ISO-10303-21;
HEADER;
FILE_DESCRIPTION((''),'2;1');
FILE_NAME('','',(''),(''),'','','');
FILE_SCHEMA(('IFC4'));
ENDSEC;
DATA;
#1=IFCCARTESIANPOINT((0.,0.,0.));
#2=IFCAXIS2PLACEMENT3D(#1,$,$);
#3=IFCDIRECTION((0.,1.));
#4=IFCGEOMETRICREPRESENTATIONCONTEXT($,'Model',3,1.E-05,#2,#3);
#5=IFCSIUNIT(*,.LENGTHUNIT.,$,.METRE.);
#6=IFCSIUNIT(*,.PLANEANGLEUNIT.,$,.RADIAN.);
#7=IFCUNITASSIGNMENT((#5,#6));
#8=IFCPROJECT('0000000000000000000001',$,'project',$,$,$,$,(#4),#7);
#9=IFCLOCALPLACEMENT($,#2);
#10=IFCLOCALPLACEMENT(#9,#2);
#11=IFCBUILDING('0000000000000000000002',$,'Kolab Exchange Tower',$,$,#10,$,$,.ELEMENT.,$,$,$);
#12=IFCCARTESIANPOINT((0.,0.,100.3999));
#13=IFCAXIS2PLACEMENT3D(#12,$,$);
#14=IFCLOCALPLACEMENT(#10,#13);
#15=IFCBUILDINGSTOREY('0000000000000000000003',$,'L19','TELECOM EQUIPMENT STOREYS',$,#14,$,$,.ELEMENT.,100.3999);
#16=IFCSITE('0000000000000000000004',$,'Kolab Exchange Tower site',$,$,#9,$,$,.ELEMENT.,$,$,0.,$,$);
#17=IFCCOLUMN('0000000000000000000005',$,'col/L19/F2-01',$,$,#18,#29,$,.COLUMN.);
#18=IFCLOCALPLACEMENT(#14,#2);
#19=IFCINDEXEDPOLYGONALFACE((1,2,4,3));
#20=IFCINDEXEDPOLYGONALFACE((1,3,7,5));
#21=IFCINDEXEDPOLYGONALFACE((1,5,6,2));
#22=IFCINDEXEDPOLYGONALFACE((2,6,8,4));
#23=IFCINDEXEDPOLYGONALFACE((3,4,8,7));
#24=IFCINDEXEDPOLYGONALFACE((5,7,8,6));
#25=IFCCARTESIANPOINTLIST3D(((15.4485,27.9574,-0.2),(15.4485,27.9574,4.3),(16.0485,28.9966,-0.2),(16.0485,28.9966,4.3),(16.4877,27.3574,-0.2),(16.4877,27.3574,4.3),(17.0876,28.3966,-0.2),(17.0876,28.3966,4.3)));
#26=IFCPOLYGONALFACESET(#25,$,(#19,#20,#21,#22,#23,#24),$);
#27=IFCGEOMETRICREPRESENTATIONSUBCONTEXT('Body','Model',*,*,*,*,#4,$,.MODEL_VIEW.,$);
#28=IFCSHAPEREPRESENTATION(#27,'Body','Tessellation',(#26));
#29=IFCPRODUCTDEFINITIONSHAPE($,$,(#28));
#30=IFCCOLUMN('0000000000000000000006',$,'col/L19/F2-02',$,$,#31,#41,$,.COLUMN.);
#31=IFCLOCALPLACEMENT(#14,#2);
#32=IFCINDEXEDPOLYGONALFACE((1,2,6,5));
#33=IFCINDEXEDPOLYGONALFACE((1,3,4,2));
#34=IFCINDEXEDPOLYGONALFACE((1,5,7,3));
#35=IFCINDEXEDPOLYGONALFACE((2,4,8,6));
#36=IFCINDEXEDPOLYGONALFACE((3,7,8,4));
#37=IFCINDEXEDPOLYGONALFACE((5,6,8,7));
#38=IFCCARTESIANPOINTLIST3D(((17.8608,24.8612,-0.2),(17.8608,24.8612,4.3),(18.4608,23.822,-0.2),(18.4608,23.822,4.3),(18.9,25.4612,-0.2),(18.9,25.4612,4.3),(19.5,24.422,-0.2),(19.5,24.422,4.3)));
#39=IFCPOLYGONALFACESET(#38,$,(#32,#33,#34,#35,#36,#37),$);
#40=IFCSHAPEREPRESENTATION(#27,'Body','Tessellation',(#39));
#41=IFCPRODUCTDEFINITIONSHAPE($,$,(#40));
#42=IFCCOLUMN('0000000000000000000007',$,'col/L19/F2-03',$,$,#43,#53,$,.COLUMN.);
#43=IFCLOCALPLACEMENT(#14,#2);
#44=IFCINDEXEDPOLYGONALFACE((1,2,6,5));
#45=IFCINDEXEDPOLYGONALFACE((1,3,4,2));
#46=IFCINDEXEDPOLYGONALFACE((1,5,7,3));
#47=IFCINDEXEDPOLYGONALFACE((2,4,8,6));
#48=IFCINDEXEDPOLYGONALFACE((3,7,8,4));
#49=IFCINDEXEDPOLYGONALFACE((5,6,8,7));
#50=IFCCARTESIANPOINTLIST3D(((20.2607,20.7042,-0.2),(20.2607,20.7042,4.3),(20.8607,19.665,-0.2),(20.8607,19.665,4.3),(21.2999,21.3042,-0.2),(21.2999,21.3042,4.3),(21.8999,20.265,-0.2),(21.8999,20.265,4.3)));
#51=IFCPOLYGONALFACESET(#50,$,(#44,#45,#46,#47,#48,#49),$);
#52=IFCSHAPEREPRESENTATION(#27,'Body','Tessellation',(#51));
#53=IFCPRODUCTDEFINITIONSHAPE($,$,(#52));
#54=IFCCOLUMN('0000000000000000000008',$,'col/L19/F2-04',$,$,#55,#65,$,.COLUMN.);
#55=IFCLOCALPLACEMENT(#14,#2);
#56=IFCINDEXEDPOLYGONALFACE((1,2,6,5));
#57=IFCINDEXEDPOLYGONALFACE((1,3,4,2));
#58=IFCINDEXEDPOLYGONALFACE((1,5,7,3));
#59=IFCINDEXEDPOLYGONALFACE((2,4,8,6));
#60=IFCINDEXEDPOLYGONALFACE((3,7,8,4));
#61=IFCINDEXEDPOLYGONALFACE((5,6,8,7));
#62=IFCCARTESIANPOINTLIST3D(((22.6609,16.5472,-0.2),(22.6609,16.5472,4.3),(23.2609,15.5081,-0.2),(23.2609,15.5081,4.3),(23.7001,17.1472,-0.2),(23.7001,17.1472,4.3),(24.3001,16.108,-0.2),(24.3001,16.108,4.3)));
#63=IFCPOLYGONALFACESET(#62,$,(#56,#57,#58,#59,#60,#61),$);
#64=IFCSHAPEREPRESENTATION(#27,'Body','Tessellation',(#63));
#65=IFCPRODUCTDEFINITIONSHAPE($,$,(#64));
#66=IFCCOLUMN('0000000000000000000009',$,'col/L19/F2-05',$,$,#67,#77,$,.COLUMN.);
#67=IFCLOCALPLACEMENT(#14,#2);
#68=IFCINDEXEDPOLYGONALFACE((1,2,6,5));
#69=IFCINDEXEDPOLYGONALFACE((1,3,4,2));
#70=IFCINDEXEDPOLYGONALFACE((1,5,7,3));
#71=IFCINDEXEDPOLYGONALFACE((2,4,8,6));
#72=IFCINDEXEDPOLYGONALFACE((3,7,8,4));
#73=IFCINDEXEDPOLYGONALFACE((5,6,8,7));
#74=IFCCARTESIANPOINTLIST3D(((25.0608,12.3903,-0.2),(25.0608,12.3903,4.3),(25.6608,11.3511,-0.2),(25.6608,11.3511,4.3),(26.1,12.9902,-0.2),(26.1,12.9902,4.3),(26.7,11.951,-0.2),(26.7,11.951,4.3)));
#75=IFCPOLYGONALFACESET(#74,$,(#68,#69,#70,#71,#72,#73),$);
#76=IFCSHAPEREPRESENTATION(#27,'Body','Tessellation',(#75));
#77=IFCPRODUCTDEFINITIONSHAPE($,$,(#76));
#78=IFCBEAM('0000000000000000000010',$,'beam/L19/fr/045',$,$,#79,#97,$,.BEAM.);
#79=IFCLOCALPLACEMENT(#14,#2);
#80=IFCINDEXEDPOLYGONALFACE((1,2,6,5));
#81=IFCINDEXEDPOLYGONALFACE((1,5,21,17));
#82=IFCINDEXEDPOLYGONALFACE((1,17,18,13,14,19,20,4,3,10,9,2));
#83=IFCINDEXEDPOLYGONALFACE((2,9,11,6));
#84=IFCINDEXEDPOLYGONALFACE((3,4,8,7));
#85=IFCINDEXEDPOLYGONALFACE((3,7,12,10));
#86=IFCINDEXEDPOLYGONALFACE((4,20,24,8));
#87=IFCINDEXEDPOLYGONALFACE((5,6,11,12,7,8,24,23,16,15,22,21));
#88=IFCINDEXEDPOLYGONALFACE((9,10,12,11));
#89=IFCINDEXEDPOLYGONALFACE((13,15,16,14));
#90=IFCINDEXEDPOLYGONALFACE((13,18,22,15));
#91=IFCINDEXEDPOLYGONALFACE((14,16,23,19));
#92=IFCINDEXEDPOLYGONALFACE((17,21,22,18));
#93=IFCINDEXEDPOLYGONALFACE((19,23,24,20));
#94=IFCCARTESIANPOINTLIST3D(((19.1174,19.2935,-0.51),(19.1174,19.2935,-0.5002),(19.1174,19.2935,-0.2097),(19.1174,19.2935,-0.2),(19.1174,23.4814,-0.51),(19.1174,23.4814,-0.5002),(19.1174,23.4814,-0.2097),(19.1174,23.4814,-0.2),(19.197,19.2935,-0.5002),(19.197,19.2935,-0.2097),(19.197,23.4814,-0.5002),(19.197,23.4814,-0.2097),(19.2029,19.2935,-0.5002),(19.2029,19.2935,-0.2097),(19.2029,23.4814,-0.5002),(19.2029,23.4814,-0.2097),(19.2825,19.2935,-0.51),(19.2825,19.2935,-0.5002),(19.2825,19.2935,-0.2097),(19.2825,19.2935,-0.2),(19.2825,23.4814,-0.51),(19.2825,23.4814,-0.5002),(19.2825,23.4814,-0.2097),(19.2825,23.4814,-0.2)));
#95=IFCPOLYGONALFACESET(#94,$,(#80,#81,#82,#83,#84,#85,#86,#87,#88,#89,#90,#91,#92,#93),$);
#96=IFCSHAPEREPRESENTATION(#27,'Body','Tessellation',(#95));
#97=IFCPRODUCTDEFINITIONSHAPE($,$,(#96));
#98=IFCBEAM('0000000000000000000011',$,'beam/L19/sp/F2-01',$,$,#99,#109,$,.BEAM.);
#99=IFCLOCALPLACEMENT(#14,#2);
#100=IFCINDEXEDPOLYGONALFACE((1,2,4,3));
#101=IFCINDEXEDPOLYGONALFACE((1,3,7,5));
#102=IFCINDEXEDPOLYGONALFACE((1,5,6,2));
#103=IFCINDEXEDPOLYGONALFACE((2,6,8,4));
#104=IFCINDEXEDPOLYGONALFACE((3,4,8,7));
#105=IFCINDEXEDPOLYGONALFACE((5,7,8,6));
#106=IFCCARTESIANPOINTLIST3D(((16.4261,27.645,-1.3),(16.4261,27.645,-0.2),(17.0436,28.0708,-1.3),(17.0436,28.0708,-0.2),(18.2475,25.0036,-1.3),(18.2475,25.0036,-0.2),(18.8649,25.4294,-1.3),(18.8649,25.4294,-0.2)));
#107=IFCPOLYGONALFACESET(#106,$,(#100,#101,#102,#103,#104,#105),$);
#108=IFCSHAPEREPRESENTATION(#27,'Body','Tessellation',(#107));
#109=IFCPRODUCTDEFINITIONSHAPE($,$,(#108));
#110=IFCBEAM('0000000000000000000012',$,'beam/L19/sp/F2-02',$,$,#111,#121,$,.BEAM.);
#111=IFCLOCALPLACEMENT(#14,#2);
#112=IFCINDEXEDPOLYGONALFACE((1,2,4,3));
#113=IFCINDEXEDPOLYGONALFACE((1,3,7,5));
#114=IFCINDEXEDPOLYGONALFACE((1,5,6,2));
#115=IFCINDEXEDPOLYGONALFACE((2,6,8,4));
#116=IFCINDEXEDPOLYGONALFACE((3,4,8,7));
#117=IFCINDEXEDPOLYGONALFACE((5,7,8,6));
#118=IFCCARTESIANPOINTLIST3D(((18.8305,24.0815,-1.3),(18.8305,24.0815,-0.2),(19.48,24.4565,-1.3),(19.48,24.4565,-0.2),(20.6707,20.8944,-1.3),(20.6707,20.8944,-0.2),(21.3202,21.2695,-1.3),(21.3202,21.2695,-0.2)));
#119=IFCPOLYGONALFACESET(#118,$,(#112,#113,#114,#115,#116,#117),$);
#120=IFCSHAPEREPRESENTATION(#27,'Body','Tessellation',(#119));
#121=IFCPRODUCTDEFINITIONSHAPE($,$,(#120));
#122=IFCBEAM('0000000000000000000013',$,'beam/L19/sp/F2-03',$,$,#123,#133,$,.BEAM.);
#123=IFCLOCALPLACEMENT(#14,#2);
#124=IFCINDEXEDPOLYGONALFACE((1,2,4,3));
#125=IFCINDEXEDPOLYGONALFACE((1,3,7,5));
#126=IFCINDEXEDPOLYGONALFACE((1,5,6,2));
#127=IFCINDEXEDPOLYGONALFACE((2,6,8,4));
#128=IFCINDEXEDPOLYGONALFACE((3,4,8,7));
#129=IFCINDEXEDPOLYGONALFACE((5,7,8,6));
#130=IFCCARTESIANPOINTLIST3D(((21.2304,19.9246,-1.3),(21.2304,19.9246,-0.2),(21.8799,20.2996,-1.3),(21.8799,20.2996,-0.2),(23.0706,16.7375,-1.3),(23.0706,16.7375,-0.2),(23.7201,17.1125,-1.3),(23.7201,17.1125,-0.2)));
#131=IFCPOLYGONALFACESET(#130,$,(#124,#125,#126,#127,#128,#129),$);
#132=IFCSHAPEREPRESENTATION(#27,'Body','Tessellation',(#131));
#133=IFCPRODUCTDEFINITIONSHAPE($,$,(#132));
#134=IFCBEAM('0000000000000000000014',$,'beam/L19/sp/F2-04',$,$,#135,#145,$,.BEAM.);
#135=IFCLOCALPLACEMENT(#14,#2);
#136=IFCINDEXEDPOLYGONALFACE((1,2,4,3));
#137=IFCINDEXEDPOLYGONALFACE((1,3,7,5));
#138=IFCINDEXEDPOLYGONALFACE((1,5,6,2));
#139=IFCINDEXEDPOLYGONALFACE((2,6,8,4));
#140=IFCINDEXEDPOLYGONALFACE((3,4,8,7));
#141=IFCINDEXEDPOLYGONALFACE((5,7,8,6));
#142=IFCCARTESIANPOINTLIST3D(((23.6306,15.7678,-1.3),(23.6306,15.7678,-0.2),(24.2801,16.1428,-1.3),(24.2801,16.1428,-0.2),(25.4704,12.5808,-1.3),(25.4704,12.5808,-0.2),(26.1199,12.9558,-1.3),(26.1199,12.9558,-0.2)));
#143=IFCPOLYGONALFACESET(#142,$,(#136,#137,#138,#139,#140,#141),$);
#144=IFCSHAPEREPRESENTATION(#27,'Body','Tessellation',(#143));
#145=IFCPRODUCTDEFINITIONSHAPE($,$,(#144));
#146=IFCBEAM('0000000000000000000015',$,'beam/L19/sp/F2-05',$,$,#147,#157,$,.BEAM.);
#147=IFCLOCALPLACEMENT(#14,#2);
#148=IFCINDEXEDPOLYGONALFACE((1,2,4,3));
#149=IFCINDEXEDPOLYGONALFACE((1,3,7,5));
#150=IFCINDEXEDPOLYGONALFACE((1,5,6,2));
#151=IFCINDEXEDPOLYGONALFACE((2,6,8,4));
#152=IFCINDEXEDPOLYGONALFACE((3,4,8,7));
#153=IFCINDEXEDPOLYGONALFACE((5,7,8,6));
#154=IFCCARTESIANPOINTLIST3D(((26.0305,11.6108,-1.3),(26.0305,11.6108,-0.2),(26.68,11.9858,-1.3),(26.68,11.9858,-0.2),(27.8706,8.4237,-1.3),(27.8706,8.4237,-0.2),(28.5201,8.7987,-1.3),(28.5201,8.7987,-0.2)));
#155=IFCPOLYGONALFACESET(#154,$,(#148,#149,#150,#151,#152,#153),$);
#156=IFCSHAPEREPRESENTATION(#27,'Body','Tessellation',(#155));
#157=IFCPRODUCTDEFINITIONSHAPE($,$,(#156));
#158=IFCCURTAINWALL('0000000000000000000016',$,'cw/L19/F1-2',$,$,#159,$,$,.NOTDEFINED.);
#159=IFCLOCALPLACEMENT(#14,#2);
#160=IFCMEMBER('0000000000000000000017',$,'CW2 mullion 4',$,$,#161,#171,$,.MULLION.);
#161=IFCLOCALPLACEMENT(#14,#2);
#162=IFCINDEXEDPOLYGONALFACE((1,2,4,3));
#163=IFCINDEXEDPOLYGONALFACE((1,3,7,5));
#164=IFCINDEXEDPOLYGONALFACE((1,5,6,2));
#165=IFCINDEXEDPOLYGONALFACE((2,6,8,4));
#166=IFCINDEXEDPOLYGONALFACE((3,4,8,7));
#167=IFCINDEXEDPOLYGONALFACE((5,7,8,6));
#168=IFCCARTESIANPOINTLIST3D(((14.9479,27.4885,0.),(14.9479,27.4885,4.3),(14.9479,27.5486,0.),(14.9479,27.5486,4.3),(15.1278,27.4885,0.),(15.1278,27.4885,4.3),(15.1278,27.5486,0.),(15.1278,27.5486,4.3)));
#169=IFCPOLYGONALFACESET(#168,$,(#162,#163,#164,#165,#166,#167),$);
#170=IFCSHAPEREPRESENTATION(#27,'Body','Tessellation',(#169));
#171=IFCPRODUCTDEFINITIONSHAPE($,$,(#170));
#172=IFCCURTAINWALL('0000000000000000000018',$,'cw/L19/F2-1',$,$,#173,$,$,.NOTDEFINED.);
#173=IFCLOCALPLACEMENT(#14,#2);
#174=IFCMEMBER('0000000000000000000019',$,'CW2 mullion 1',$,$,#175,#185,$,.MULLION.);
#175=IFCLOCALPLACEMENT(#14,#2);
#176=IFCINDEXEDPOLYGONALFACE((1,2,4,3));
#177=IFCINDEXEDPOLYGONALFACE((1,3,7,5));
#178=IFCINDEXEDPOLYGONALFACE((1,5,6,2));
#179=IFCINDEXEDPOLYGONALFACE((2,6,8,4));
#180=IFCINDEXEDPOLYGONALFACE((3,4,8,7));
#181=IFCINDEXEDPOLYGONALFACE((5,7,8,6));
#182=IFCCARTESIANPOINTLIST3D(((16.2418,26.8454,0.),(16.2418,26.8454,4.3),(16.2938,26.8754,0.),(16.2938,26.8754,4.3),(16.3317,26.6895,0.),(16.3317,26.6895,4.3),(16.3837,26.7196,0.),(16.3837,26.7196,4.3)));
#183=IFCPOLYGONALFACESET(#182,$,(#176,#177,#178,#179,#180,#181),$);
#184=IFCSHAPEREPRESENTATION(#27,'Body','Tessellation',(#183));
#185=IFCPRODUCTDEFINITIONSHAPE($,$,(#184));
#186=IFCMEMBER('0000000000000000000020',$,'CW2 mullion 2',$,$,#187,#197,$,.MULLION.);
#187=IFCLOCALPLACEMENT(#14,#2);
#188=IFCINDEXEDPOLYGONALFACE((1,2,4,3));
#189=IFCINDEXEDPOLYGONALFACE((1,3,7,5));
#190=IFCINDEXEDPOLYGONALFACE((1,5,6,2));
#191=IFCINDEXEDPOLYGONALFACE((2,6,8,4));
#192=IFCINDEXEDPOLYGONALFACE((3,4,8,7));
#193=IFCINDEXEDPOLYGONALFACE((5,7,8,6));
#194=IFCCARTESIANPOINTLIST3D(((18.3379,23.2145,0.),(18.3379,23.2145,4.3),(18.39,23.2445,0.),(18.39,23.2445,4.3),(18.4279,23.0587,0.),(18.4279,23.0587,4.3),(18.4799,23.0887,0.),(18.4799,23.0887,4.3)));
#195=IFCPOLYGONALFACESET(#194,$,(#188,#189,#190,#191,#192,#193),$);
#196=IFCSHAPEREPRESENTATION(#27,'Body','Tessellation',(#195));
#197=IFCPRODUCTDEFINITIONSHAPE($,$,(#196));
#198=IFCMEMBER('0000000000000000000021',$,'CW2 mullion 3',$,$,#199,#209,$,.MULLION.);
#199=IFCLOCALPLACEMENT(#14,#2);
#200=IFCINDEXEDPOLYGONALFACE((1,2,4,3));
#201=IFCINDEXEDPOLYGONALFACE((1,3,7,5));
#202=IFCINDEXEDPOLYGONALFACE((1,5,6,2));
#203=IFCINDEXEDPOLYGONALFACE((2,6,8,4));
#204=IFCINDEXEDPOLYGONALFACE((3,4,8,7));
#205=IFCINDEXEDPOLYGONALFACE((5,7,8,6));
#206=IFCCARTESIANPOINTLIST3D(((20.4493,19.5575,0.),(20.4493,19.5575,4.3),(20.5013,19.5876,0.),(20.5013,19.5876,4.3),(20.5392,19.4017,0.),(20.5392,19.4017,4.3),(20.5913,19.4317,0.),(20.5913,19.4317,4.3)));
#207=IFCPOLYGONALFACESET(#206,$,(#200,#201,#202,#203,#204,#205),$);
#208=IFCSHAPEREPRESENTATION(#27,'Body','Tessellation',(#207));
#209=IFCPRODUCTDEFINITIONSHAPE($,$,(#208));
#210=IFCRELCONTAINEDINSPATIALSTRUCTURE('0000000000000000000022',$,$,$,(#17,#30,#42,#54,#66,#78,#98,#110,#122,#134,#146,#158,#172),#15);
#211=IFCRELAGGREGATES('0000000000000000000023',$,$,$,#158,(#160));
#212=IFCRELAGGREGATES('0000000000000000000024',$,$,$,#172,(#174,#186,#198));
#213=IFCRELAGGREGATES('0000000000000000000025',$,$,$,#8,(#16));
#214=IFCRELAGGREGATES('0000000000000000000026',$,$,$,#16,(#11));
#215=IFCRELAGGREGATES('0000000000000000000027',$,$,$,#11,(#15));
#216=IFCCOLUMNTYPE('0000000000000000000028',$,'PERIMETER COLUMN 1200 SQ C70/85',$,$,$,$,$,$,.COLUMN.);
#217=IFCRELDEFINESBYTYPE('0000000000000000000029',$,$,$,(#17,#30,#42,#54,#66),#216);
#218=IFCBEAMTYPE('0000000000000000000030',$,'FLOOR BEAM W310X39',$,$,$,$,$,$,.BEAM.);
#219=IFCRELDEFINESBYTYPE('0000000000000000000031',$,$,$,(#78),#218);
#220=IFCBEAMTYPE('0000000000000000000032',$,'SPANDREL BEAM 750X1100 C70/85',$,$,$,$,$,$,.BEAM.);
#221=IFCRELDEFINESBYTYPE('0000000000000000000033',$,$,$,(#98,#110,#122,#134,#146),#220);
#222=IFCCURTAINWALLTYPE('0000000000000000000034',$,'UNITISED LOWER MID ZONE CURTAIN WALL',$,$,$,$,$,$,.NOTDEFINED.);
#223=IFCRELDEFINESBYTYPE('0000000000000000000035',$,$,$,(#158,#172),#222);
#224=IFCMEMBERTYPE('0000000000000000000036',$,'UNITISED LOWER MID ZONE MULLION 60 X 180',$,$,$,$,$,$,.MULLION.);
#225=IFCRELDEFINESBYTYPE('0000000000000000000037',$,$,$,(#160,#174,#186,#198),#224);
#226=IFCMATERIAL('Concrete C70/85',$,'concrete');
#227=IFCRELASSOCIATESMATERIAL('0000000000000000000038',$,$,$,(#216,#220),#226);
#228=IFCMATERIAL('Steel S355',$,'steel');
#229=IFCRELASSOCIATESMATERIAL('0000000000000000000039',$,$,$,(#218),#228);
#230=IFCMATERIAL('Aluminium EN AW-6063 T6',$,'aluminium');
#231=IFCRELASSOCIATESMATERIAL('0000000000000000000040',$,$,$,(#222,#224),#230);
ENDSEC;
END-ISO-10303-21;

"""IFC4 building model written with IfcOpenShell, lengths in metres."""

from ifc_helpers import new_model, si_unit, direction, frame, origin, origin_2d, place, context, subcontext, project, spatial, rectangle, i_section, extrude, material, material_profile, profile_set, type_object, element, aggregate, save


model = new_model("IFC4")

# Units and contexts
model_context = context("Model", 3, precision=1e-05, world=origin(), true_north=direction((0.0, 1.0)))
body_context = subcontext(model_context, "Body", "Model", "MODEL_VIEW")
ifc_project = project(units=[si_unit("LENGTHUNIT", "METRE"), si_unit("PLANEANGLEUNIT", "RADIAN")], contexts=[model_context])

# Site, building, storey
site_placement = place(None, origin())
site = spatial("IfcSite", under=ifc_project, at=site_placement, Name="Kolab Exchange Tower site", CompositionType="ELEMENT", RefElevation=0.0)
building_placement = place(site_placement, origin())
building = spatial("IfcBuilding", under=site, at=building_placement, Name="Kolab Exchange Tower", CompositionType="ELEMENT")
storey_placement = place(building_placement, frame((0.0, 0.0, 100.3999)))
storey = spatial("IfcBuildingStorey", under=building, at=storey_placement, Name="L19", Description="TELECOM EQUIPMENT STOREYS", CompositionType="ELEMENT", Elevation=100.3999)

# Columns
ifc_material_1 = material(Name="Concrete C70/85", Category="concrete")
ifc_material_profile_1 = material_profile(ifc_material_1, rectangle(XDim=1.2, YDim=1.2, at=origin_2d()), Name="RC1200")
ifc_profile_set_1 = profile_set([ifc_material_profile_1], Name="Concrete C70/85")
column_type = type_object("IfcColumnType", Name="PERIMETER COLUMN 1200 SQ C70/85", PredefinedType="COLUMN", material=ifc_profile_set_1)
for number, where, z_axis, x_axis, name in (
    (1, (16.2681, 28.177, -0.2), (0.0, 0.0, 1.0), (0.5, 0.866025, 0.0), "col/L19/F2-01"),
    (2, (18.6804, 24.6416, -0.2), (0.0, 0.0, 1.0), (0.866025, 0.5, 0.0), "col/L19/F2-02"),
    (3, (21.0803, 20.4846, -0.2), (0.0, 0.0, 1.0), (0.866025, 0.5, 0.0), "col/L19/F2-03"),
    (4, (23.4805, 16.3276, -0.2), (0.0, 0.0, 1.0), (0.866025, 0.5, 0.0), "col/L19/F2-04"),
    (5, (25.8804, 12.1707, -0.2), (0.0, 0.0, 1.0), (0.866025, 0.5, 0.0), "col/L19/F2-05"),
):
    element("IfcColumn", number, at=place(storey_placement, frame(where, z_axis=z_axis, x_axis=x_axis)), inside=storey, type_object=column_type, Name=name, PredefinedType="COLUMN", context=body_context, shape_type="SweptSolid", body=[
        extrude(rectangle(XDim=1.2, YDim=1.2, at=origin_2d()), origin(), (0.0, 0.0, 1.0), 4.5),
    ])

# Beams
ifc_material_2 = material(Name="Steel S355", Category="steel")
ifc_material_profile_2 = material_profile(ifc_material_2, i_section(OverallWidth=0.165, OverallDepth=0.3101, WebThickness=0.0059, FlangeThickness=0.0098, at=origin_2d()), Name="W310X39")
ifc_profile_set_2 = profile_set([ifc_material_profile_2], Name="Steel S355")
beam_type_1 = type_object("IfcBeamType", Name="FLOOR BEAM W310X39", PredefinedType="BEAM", material=ifc_profile_set_2)
beam_1_placement = place(storey_placement, frame((19.2, 19.2935, -0.355), z_axis=(0.0, 1.0, 0.0), x_axis=(-1.0, 0.0, 0.0)))
element("IfcBeam", 6, at=beam_1_placement, inside=storey, type_object=beam_type_1, Name="beam/L19/fr/045", PredefinedType="BEAM", context=body_context, shape_type="SweptSolid", body=[
    extrude(i_section(OverallWidth=0.165, OverallDepth=0.3101, WebThickness=0.0059, FlangeThickness=0.0098, at=origin_2d()), origin(), (0.0, 0.0, 1.0), 4.188),
])
ifc_material_profile_3 = material_profile(ifc_material_1, rectangle(XDim=0.75, YDim=1.1001, at=origin_2d()), Name="RC750X1100")
ifc_profile_set_3 = profile_set([ifc_material_profile_3], Name="Concrete C70/85")
beam_type_2 = type_object("IfcBeamType", Name="SPANDREL BEAM 750X1100 C70/85", PredefinedType="BEAM", material=ifc_profile_set_3)
beam_2_placement = place(storey_placement, frame((16.7349, 27.8579, -0.75), z_axis=(0.567662, -0.823262, 0.0), x_axis=(0.823262, 0.567662, 0.0)))
element("IfcBeam", 7, at=beam_2_placement, inside=storey, type_object=beam_type_2, Name="beam/L19/sp/F2-01", PredefinedType="BEAM", context=body_context, shape_type="SweptSolid", body=[
    extrude(rectangle(XDim=0.75, YDim=1.1001, at=origin_2d()), origin(), (0.0, 0.0, 1.0), 3.2085),
])
for number, where, z_axis, x_axis, name in (
    (8, (19.1553, 24.269, -0.75), (0.500013, -0.866018, 0.0), (0.866018, 0.500013, 0.0), "beam/L19/sp/F2-02"),
    (9, (21.5552, 20.1121, -0.75), (0.500013, -0.866018, 0.0), (0.866018, 0.500013, 0.0), "beam/L19/sp/F2-03"),
):
    element("IfcBeam", number, at=place(storey_placement, frame(where, z_axis=z_axis, x_axis=x_axis)), inside=storey, type_object=beam_type_2, Name=name, PredefinedType="BEAM", context=body_context, shape_type="SweptSolid", body=[
        extrude(rectangle(XDim=0.75, YDim=1.1001, at=origin_2d()), origin(), (0.0, 0.0, 1.0), 3.6802),
    ])
beam_3_placement = place(storey_placement, frame((23.9553, 15.9553, -0.75), z_axis=(0.499964, -0.866046, 0.0), x_axis=(0.866046, 0.499964, 0.0)))
element("IfcBeam", 10, at=beam_3_placement, inside=storey, type_object=beam_type_2, Name="beam/L19/sp/F2-04", PredefinedType="BEAM", context=body_context, shape_type="SweptSolid", body=[
    extrude(rectangle(XDim=0.75, YDim=1.1001, at=origin_2d()), origin(), (0.0, 0.0, 1.0), 3.6799),
])
beam_4_placement = place(storey_placement, frame((26.3552, 11.7983, -0.75), z_axis=(0.500013, -0.866018, 0.0), x_axis=(0.866018, 0.500013, 0.0)))
element("IfcBeam", 11, at=beam_4_placement, inside=storey, type_object=beam_type_2, Name="beam/L19/sp/F2-05", PredefinedType="BEAM", context=body_context, shape_type="SweptSolid", body=[
    extrude(rectangle(XDim=0.75, YDim=1.1001, at=origin_2d()), origin(), (0.0, 0.0, 1.0), 3.6802),
])

# Curtain wall, member
ifc_material_3 = material(Name="Aluminium EN AW-6063 T6", Category="aluminium")
curtain_wall_type = type_object("IfcCurtainWallType", Name="UNITISED LOWER MID ZONE CURTAIN WALL", PredefinedType="NOTDEFINED", material=ifc_material_3)
curtain_wall_1_placement = place(storey_placement, origin())
curtain_wall_1 = element("IfcCurtainWall", 12, at=curtain_wall_1_placement, inside=storey, type_object=curtain_wall_type, Name="cw/L19/F1-2", PredefinedType="NOTDEFINED")
ifc_material_profile_4 = material_profile(ifc_material_3, rectangle(XDim=0.0601, YDim=0.1799, at=origin_2d()), Name="RECT 60X180")
ifc_profile_set_4 = profile_set([ifc_material_profile_4], Name="Aluminium EN AW-6063 T6")
member_type_1 = type_object("IfcMemberType", Name="UNITISED LOWER MID ZONE MULLION 60 X 180", PredefinedType="MULLION", material=ifc_profile_set_4)
member_1_placement = place(storey_placement, frame((15.0378, 27.5186, 0.0), z_axis=(0.0, 0.0, 1.0), x_axis=(0.0, 1.0, 0.0)))
member_1 = element("IfcMember", 13, at=member_1_placement, type_object=member_type_1, Name="CW2 mullion 4", PredefinedType="MULLION", context=body_context, shape_type="SweptSolid", body=[
    extrude(rectangle(XDim=0.0601, YDim=0.1799, at=origin_2d()), origin(), (0.0, 0.0, 1.0), 4.3),
])
aggregate(curtain_wall_1, [member_1])

# Curtain wall, members
curtain_wall_2_placement = place(storey_placement, origin())
curtain_wall_2 = element("IfcCurtainWall", 14, at=curtain_wall_2_placement, inside=storey, type_object=curtain_wall_type, Name="cw/L19/F2-1", PredefinedType="NOTDEFINED")
member_2_placement = place(storey_placement, frame((16.3127, 26.7825, 0.0), z_axis=(0.0, 0.0, 1.0), x_axis=(0.866025, 0.5, 0.0)))
member_2 = element("IfcMember", 15, at=member_2_placement, type_object=member_type_1, Name="CW2 mullion 1", PredefinedType="MULLION", context=body_context, shape_type="SweptSolid", body=[
    extrude(rectangle(XDim=0.0601, YDim=0.1799, at=origin_2d()), origin(), (0.0, 0.0, 1.0), 4.3),
])
member_3_placement = place(storey_placement, frame((18.4089, 23.1516, 0.0), z_axis=(0.0, 0.0, 1.0), x_axis=(0.866025, 0.5, 0.0)))
member_3 = element("IfcMember", 16, at=member_3_placement, type_object=member_type_1, Name="CW2 mullion 2", PredefinedType="MULLION", context=body_context, shape_type="SweptSolid", body=[
    extrude(rectangle(XDim=0.0601, YDim=0.1799, at=origin_2d()), origin(), (0.0, 0.0, 1.0), 4.3),
])
member_4_placement = place(storey_placement, frame((20.5203, 19.4946, 0.0), z_axis=(0.0, 0.0, 1.0), x_axis=(0.866025, 0.5, 0.0)))
member_4 = element("IfcMember", 17, at=member_4_placement, type_object=member_type_1, Name="CW2 mullion 3", PredefinedType="MULLION", context=body_context, shape_type="SweptSolid", body=[
    extrude(rectangle(XDim=0.0601, YDim=0.1799, at=origin_2d()), origin(), (0.0, 0.0, 1.0), 4.3),
])

aggregate(curtain_wall_2, [member_2, member_3, member_4])

save(model, "model.ifc")
